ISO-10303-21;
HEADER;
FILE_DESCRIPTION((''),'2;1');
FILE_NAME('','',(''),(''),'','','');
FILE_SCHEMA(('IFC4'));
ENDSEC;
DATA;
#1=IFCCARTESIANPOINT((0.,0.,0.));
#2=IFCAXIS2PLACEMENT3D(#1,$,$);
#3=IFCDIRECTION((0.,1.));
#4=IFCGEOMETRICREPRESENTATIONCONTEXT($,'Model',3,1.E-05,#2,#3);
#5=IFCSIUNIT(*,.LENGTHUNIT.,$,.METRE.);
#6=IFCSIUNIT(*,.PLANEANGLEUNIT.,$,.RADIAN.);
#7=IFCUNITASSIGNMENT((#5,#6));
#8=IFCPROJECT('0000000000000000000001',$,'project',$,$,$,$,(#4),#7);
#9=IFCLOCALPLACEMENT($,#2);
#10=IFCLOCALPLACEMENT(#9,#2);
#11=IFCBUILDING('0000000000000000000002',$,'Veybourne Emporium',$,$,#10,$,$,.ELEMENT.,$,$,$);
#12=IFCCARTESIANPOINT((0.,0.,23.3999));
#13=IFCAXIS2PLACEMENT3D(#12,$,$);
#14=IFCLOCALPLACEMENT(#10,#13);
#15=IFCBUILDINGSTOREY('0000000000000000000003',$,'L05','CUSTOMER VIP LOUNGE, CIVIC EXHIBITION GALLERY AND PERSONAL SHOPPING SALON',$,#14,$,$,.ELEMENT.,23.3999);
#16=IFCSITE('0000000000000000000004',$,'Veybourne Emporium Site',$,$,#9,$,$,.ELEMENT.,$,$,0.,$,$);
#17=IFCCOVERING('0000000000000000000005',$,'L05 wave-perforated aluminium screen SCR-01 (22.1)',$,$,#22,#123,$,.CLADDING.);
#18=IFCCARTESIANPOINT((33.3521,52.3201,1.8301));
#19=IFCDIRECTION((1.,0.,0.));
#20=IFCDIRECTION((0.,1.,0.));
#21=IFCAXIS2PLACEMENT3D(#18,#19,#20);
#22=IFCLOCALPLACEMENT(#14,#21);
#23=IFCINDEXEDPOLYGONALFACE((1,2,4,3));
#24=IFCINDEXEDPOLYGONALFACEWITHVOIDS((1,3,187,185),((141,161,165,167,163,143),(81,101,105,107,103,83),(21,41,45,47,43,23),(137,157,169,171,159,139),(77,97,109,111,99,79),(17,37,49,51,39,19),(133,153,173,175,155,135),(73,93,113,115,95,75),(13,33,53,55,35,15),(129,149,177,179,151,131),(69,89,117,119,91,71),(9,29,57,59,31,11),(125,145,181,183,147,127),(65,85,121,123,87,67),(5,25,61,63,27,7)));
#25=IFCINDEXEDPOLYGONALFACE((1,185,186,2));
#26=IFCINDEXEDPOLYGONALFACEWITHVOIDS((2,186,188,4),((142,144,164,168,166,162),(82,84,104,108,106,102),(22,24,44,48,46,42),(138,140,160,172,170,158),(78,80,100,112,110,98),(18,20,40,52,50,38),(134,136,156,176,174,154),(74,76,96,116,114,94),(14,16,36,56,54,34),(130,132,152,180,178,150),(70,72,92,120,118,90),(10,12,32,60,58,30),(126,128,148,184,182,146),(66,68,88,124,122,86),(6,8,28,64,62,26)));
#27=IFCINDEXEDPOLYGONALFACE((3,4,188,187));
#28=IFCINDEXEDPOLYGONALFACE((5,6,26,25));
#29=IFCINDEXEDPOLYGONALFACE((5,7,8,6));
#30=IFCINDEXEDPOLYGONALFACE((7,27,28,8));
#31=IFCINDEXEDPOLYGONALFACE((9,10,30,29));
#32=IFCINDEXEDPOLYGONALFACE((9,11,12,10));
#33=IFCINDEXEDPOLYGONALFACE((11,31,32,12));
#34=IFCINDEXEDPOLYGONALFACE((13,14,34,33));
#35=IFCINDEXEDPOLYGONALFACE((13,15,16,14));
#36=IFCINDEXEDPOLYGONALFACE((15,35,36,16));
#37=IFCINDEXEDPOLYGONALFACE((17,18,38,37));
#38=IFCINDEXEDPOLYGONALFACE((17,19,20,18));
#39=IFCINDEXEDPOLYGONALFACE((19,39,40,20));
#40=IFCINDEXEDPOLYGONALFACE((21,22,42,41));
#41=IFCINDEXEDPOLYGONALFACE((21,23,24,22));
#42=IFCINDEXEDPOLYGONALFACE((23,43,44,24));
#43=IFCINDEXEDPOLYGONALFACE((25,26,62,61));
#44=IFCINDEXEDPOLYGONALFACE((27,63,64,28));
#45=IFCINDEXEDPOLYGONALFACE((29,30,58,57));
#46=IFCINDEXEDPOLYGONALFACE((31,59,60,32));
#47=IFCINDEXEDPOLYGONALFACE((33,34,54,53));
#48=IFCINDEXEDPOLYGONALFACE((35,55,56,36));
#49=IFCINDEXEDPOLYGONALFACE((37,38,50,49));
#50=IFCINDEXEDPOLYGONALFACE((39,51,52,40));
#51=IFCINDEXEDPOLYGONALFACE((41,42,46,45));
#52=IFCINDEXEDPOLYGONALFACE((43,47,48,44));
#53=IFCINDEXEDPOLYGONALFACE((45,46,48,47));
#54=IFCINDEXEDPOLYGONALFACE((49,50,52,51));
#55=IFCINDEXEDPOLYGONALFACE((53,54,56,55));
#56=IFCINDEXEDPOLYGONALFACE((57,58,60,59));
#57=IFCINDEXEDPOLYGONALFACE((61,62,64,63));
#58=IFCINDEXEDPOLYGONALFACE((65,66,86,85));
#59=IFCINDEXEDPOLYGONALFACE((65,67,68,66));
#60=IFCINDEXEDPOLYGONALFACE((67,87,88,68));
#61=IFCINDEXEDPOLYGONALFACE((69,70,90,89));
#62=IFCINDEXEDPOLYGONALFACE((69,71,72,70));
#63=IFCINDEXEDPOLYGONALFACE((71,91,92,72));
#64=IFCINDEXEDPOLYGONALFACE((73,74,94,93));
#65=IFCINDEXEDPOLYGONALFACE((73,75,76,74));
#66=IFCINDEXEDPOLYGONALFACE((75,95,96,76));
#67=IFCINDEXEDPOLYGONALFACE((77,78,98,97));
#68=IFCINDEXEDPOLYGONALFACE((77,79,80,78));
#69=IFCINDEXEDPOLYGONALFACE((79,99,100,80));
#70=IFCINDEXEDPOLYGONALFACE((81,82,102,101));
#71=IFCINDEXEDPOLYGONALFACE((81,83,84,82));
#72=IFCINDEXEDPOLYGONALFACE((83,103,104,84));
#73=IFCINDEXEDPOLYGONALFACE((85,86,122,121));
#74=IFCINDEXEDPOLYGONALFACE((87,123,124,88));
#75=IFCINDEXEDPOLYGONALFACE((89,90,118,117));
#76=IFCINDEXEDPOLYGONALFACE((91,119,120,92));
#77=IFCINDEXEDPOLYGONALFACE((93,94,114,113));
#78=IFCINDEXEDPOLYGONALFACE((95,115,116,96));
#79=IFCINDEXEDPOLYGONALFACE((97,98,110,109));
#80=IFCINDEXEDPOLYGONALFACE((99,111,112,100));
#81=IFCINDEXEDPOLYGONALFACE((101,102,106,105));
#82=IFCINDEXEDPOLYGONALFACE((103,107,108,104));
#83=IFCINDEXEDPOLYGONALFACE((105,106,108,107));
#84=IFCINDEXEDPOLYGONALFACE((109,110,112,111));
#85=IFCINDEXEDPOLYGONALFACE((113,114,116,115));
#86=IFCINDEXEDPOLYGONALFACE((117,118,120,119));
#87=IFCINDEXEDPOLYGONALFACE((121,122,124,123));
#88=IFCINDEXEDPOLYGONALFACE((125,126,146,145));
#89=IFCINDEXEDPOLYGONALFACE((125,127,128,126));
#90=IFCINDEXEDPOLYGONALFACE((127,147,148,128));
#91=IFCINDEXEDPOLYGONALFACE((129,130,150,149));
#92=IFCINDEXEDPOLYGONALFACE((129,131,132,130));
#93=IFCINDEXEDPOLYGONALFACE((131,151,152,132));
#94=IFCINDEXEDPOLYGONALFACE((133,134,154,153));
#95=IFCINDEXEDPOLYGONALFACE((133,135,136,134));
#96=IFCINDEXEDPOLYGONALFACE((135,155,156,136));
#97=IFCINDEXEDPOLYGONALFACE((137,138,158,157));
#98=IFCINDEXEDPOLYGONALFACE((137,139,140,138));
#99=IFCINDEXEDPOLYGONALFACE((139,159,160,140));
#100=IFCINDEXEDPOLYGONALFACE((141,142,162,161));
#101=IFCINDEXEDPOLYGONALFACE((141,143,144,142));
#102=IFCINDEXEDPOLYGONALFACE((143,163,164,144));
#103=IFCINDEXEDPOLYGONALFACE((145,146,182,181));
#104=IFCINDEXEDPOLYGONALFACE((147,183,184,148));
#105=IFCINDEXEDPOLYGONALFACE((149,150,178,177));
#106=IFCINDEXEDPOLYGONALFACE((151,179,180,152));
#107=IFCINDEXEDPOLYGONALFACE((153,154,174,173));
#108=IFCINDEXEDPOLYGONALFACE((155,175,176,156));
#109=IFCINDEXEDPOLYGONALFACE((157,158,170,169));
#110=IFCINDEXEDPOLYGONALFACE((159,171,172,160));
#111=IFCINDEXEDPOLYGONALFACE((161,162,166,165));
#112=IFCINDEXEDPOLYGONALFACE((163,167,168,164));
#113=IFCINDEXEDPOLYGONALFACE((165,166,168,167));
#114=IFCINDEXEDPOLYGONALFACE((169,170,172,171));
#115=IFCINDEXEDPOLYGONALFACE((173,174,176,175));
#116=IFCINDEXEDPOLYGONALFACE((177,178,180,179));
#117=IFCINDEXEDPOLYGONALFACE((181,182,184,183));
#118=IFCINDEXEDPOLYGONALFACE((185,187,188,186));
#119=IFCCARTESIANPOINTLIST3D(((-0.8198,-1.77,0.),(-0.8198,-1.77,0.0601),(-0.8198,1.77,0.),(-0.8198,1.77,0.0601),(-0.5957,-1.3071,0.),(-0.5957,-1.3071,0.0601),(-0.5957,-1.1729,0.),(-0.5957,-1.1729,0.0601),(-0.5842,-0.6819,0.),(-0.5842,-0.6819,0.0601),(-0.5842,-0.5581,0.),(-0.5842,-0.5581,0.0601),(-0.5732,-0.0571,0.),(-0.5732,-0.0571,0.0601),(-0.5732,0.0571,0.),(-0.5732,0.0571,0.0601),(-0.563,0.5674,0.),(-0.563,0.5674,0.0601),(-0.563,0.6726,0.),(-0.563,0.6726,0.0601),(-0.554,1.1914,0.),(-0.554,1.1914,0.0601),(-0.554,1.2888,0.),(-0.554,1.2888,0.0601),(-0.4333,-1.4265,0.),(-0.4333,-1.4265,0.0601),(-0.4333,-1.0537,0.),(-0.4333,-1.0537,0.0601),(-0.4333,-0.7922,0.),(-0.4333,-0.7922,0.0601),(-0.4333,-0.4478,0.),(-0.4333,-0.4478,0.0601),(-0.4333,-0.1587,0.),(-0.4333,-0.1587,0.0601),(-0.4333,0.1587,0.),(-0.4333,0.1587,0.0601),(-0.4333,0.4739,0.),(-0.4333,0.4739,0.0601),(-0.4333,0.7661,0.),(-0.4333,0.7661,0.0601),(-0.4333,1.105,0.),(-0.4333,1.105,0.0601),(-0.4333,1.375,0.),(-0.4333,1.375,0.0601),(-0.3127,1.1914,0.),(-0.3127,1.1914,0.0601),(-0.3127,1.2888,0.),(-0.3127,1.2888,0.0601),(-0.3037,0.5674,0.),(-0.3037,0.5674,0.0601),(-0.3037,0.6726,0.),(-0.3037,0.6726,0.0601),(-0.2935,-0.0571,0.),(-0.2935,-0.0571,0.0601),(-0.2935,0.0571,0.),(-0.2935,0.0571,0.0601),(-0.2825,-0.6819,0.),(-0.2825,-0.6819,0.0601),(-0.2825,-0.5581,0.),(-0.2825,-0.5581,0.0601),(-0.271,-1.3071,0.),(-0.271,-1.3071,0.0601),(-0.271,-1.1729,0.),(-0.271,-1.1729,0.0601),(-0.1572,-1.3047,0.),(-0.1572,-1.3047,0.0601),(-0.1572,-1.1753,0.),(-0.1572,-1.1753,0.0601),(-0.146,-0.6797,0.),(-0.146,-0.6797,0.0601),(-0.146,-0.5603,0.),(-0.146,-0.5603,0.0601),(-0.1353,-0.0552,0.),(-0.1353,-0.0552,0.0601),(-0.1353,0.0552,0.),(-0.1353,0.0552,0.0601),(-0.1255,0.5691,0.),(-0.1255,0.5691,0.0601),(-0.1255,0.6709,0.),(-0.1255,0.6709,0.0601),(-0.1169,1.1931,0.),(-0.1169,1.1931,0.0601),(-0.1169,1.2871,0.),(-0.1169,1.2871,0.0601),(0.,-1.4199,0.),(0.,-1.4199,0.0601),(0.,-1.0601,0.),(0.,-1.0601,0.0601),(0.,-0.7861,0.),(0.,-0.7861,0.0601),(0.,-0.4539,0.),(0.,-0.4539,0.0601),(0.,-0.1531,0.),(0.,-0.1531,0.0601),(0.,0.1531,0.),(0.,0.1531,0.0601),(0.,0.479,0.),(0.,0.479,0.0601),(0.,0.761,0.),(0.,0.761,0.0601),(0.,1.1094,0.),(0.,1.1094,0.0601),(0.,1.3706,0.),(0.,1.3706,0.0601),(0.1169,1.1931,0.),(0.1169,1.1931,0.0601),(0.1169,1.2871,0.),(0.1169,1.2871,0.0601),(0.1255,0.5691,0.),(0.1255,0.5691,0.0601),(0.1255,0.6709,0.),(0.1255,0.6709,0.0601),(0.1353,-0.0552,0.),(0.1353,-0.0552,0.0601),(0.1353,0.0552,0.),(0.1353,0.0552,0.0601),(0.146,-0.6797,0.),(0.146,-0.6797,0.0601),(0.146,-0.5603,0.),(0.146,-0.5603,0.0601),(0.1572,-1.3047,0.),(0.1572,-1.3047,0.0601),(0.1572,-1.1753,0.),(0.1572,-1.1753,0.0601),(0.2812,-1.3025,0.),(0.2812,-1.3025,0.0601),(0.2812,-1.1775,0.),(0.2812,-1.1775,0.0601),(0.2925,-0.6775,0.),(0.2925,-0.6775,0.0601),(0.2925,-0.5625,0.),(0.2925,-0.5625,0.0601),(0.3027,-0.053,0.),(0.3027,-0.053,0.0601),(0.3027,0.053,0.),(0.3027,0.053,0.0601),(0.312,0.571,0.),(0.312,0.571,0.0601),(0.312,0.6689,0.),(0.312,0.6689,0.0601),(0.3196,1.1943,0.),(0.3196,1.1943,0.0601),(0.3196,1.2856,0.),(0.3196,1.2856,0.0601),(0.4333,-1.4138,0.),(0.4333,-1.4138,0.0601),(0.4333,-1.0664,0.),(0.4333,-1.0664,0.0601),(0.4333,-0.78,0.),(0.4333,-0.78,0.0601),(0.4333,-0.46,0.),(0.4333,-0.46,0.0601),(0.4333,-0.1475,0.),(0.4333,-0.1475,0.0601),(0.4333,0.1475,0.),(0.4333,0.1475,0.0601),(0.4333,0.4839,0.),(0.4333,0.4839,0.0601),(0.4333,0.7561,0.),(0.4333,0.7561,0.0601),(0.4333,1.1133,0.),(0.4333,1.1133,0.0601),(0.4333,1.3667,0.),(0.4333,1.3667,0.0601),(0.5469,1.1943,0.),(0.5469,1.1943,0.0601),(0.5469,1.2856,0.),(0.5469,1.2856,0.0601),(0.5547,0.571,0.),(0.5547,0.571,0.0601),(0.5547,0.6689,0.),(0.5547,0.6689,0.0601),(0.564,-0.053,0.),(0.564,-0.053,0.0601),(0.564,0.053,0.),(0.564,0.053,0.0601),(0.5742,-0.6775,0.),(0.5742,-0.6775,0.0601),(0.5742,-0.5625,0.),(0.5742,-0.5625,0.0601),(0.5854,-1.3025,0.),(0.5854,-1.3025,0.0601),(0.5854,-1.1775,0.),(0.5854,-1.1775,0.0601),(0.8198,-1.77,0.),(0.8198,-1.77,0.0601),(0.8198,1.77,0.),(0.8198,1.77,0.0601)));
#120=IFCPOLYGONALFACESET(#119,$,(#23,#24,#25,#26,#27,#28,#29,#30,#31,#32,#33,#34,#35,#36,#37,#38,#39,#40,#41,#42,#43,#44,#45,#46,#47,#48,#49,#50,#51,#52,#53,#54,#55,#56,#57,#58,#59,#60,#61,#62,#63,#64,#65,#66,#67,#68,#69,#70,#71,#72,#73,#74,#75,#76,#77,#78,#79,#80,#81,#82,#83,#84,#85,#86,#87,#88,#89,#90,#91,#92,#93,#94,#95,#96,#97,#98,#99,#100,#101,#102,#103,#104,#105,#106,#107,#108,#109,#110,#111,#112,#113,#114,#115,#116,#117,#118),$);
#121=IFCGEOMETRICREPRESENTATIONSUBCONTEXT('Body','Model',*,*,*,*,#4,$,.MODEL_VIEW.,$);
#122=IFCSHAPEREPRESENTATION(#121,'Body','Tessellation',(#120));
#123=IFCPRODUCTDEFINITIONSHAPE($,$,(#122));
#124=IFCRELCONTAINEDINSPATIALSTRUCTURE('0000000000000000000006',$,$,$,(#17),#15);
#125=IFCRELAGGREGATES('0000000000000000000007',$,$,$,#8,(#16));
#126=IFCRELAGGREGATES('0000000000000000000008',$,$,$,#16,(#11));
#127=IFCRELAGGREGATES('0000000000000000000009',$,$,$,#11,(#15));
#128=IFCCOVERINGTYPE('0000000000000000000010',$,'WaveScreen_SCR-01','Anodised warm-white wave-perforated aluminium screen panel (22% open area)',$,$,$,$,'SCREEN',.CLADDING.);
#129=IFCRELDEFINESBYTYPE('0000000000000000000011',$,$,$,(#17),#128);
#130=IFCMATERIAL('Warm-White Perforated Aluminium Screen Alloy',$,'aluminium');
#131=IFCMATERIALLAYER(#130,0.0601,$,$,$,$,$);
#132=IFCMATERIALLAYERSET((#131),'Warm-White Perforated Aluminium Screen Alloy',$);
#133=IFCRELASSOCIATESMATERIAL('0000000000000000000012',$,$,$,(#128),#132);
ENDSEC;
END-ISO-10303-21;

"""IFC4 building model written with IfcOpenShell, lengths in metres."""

from ifc_helpers import new_model, si_unit, direction, frame, origin, place, context, subcontext, project, spatial, polyline, outline, extrude, material, layer, layer_set, type_object, element, save


model = new_model("IFC4")

# Units and contexts
model_context = context("Model", 3, precision=1e-05, world=origin(), true_north=direction((0.0, 1.0)))
body_context = subcontext(model_context, "Body", "Model", "MODEL_VIEW")
ifc_project = project(units=[si_unit("LENGTHUNIT", "METRE"), si_unit("PLANEANGLEUNIT", "RADIAN")], contexts=[model_context])

# Site, building, storey
site_placement = place(None, origin())
site = spatial("IfcSite", under=ifc_project, at=site_placement, Name="Veybourne Emporium Site", CompositionType="ELEMENT", RefElevation=0.0)
building_placement = place(site_placement, origin())
building = spatial("IfcBuilding", under=site, at=building_placement, Name="Veybourne Emporium", CompositionType="ELEMENT")
storey_placement = place(building_placement, frame((0.0, 0.0, 23.3999)))
storey = spatial("IfcBuildingStorey", under=building, at=storey_placement, Name="L05", Description="CUSTOMER VIP LOUNGE, CIVIC EXHIBITION GALLERY AND PERSONAL SHOPPING SALON", CompositionType="ELEMENT", Elevation=23.3999)

# Covering
ifc_material_1 = material(Name="Warm-White Perforated Aluminium Screen Alloy", Category="aluminium")
ifc_layer_1 = layer(ifc_material_1, 0.0601)
ifc_layer_set_1 = layer_set([ifc_layer_1], Name="Warm-White Perforated Aluminium Screen Alloy")
covering_type_1 = type_object("IfcCoveringType", Name="WaveScreen_SCR-01", Description="Anodised warm-white wave-perforated aluminium screen panel (22% open area)", ElementType="SCREEN", PredefinedType="CLADDING", material=ifc_layer_set_1)
covering_1_placement = place(storey_placement, frame((33.3521, 52.3201, 1.8301), z_axis=(1.0, 0.0, 0.0), x_axis=(0.0, 1.0, 0.0)))
element("IfcCovering", 1, at=covering_1_placement, inside=storey, type_object=covering_type_1, Name="L05 wave-perforated aluminium screen SCR-01 (22.1)", PredefinedType="CLADDING", context=body_context, shape_type="SweptSolid", body=[
    extrude(outline(polyline([(-0.8198, -1.77), (0.8198, -1.77), (0.8198, 1.77), (-0.8198, 1.77), (-0.8198, -1.77)]), holes=[polyline([(-0.4333, -1.0537), (-0.271, -1.1729), (-0.271, -1.3071), (-0.4333, -1.4265), (-0.5957, -1.3071), (-0.5957, -1.1729), (-0.4333, -1.0537)]), polyline([(-0.4333, -0.4478), (-0.2825, -0.5581), (-0.2825, -0.6819), (-0.4333, -0.7922), (-0.5842, -0.6819), (-0.5842, -0.5581), (-0.4333, -0.4478)]), polyline([(-0.4333, 0.1587), (-0.2935, 0.0571), (-0.2935, -0.0571), (-0.4333, -0.1587), (-0.5732, -0.0571), (-0.5732, 0.0571), (-0.4333, 0.1587)]), polyline([(-0.4333, 0.7661), (-0.3037, 0.6726), (-0.3037, 0.5674), (-0.4333, 0.4739), (-0.563, 0.5674), (-0.563, 0.6726), (-0.4333, 0.7661)]), polyline([(-0.4333, 1.375), (-0.3127, 1.2888), (-0.3127, 1.1914), (-0.4333, 1.105), (-0.554, 1.1914), (-0.554, 1.2888), (-0.4333, 1.375)]), polyline([(0.0, -1.0601), (0.1572, -1.1753), (0.1572, -1.3047), (0.0, -1.4199), (-0.1572, -1.3047), (-0.1572, -1.1753), (0.0, -1.0601)]), polyline([(0.0, -0.4539), (0.146, -0.5603), (0.146, -0.6797), (0.0, -0.7861), (-0.146, -0.6797), (-0.146, -0.5603), (0.0, -0.4539)]), polyline([(0.0, 0.1531), (0.1353, 0.0552), (0.1353, -0.0552), (0.0, -0.1531), (-0.1353, -0.0552), (-0.1353, 0.0552), (0.0, 0.1531)]), polyline([(0.0, 0.761), (0.1255, 0.6709), (0.1255, 0.5691), (0.0, 0.479), (-0.1255, 0.5691), (-0.1255, 0.6709), (0.0, 0.761)]), polyline([(0.0, 1.3706), (0.1169, 1.2871), (0.1169, 1.1931), (0.0, 1.1094), (-0.1169, 1.1931), (-0.1169, 1.2871), (0.0, 1.3706)]), polyline([(0.4333, -1.0664), (0.5854, -1.1775), (0.5854, -1.3025), (0.4333, -1.4138), (0.2812, -1.3025), (0.2812, -1.1775), (0.4333, -1.0664)]), polyline([(0.4333, -0.46), (0.5742, -0.5625), (0.5742, -0.6775), (0.4333, -0.78), (0.2925, -0.6775), (0.2925, -0.5625), (0.4333, -0.46)]), polyline([(0.4333, 0.1475), (0.564, 0.053), (0.564, -0.053), (0.4333, -0.1475), (0.3027, -0.053), (0.3027, 0.053), (0.4333, 0.1475)]), polyline([(0.4333, 0.7561), (0.5547, 0.6689), (0.5547, 0.571), (0.4333, 0.4839), (0.312, 0.571), (0.312, 0.6689), (0.4333, 0.7561)]), polyline([(0.4333, 1.3667), (0.5469, 1.2856), (0.5469, 1.1943), (0.4333, 1.1133), (0.3196, 1.1943), (0.3196, 1.2856), (0.4333, 1.3667)])]), origin(), (0.0, 0.0, 1.0), 0.0601),
])

save(model, "model.ifc")
